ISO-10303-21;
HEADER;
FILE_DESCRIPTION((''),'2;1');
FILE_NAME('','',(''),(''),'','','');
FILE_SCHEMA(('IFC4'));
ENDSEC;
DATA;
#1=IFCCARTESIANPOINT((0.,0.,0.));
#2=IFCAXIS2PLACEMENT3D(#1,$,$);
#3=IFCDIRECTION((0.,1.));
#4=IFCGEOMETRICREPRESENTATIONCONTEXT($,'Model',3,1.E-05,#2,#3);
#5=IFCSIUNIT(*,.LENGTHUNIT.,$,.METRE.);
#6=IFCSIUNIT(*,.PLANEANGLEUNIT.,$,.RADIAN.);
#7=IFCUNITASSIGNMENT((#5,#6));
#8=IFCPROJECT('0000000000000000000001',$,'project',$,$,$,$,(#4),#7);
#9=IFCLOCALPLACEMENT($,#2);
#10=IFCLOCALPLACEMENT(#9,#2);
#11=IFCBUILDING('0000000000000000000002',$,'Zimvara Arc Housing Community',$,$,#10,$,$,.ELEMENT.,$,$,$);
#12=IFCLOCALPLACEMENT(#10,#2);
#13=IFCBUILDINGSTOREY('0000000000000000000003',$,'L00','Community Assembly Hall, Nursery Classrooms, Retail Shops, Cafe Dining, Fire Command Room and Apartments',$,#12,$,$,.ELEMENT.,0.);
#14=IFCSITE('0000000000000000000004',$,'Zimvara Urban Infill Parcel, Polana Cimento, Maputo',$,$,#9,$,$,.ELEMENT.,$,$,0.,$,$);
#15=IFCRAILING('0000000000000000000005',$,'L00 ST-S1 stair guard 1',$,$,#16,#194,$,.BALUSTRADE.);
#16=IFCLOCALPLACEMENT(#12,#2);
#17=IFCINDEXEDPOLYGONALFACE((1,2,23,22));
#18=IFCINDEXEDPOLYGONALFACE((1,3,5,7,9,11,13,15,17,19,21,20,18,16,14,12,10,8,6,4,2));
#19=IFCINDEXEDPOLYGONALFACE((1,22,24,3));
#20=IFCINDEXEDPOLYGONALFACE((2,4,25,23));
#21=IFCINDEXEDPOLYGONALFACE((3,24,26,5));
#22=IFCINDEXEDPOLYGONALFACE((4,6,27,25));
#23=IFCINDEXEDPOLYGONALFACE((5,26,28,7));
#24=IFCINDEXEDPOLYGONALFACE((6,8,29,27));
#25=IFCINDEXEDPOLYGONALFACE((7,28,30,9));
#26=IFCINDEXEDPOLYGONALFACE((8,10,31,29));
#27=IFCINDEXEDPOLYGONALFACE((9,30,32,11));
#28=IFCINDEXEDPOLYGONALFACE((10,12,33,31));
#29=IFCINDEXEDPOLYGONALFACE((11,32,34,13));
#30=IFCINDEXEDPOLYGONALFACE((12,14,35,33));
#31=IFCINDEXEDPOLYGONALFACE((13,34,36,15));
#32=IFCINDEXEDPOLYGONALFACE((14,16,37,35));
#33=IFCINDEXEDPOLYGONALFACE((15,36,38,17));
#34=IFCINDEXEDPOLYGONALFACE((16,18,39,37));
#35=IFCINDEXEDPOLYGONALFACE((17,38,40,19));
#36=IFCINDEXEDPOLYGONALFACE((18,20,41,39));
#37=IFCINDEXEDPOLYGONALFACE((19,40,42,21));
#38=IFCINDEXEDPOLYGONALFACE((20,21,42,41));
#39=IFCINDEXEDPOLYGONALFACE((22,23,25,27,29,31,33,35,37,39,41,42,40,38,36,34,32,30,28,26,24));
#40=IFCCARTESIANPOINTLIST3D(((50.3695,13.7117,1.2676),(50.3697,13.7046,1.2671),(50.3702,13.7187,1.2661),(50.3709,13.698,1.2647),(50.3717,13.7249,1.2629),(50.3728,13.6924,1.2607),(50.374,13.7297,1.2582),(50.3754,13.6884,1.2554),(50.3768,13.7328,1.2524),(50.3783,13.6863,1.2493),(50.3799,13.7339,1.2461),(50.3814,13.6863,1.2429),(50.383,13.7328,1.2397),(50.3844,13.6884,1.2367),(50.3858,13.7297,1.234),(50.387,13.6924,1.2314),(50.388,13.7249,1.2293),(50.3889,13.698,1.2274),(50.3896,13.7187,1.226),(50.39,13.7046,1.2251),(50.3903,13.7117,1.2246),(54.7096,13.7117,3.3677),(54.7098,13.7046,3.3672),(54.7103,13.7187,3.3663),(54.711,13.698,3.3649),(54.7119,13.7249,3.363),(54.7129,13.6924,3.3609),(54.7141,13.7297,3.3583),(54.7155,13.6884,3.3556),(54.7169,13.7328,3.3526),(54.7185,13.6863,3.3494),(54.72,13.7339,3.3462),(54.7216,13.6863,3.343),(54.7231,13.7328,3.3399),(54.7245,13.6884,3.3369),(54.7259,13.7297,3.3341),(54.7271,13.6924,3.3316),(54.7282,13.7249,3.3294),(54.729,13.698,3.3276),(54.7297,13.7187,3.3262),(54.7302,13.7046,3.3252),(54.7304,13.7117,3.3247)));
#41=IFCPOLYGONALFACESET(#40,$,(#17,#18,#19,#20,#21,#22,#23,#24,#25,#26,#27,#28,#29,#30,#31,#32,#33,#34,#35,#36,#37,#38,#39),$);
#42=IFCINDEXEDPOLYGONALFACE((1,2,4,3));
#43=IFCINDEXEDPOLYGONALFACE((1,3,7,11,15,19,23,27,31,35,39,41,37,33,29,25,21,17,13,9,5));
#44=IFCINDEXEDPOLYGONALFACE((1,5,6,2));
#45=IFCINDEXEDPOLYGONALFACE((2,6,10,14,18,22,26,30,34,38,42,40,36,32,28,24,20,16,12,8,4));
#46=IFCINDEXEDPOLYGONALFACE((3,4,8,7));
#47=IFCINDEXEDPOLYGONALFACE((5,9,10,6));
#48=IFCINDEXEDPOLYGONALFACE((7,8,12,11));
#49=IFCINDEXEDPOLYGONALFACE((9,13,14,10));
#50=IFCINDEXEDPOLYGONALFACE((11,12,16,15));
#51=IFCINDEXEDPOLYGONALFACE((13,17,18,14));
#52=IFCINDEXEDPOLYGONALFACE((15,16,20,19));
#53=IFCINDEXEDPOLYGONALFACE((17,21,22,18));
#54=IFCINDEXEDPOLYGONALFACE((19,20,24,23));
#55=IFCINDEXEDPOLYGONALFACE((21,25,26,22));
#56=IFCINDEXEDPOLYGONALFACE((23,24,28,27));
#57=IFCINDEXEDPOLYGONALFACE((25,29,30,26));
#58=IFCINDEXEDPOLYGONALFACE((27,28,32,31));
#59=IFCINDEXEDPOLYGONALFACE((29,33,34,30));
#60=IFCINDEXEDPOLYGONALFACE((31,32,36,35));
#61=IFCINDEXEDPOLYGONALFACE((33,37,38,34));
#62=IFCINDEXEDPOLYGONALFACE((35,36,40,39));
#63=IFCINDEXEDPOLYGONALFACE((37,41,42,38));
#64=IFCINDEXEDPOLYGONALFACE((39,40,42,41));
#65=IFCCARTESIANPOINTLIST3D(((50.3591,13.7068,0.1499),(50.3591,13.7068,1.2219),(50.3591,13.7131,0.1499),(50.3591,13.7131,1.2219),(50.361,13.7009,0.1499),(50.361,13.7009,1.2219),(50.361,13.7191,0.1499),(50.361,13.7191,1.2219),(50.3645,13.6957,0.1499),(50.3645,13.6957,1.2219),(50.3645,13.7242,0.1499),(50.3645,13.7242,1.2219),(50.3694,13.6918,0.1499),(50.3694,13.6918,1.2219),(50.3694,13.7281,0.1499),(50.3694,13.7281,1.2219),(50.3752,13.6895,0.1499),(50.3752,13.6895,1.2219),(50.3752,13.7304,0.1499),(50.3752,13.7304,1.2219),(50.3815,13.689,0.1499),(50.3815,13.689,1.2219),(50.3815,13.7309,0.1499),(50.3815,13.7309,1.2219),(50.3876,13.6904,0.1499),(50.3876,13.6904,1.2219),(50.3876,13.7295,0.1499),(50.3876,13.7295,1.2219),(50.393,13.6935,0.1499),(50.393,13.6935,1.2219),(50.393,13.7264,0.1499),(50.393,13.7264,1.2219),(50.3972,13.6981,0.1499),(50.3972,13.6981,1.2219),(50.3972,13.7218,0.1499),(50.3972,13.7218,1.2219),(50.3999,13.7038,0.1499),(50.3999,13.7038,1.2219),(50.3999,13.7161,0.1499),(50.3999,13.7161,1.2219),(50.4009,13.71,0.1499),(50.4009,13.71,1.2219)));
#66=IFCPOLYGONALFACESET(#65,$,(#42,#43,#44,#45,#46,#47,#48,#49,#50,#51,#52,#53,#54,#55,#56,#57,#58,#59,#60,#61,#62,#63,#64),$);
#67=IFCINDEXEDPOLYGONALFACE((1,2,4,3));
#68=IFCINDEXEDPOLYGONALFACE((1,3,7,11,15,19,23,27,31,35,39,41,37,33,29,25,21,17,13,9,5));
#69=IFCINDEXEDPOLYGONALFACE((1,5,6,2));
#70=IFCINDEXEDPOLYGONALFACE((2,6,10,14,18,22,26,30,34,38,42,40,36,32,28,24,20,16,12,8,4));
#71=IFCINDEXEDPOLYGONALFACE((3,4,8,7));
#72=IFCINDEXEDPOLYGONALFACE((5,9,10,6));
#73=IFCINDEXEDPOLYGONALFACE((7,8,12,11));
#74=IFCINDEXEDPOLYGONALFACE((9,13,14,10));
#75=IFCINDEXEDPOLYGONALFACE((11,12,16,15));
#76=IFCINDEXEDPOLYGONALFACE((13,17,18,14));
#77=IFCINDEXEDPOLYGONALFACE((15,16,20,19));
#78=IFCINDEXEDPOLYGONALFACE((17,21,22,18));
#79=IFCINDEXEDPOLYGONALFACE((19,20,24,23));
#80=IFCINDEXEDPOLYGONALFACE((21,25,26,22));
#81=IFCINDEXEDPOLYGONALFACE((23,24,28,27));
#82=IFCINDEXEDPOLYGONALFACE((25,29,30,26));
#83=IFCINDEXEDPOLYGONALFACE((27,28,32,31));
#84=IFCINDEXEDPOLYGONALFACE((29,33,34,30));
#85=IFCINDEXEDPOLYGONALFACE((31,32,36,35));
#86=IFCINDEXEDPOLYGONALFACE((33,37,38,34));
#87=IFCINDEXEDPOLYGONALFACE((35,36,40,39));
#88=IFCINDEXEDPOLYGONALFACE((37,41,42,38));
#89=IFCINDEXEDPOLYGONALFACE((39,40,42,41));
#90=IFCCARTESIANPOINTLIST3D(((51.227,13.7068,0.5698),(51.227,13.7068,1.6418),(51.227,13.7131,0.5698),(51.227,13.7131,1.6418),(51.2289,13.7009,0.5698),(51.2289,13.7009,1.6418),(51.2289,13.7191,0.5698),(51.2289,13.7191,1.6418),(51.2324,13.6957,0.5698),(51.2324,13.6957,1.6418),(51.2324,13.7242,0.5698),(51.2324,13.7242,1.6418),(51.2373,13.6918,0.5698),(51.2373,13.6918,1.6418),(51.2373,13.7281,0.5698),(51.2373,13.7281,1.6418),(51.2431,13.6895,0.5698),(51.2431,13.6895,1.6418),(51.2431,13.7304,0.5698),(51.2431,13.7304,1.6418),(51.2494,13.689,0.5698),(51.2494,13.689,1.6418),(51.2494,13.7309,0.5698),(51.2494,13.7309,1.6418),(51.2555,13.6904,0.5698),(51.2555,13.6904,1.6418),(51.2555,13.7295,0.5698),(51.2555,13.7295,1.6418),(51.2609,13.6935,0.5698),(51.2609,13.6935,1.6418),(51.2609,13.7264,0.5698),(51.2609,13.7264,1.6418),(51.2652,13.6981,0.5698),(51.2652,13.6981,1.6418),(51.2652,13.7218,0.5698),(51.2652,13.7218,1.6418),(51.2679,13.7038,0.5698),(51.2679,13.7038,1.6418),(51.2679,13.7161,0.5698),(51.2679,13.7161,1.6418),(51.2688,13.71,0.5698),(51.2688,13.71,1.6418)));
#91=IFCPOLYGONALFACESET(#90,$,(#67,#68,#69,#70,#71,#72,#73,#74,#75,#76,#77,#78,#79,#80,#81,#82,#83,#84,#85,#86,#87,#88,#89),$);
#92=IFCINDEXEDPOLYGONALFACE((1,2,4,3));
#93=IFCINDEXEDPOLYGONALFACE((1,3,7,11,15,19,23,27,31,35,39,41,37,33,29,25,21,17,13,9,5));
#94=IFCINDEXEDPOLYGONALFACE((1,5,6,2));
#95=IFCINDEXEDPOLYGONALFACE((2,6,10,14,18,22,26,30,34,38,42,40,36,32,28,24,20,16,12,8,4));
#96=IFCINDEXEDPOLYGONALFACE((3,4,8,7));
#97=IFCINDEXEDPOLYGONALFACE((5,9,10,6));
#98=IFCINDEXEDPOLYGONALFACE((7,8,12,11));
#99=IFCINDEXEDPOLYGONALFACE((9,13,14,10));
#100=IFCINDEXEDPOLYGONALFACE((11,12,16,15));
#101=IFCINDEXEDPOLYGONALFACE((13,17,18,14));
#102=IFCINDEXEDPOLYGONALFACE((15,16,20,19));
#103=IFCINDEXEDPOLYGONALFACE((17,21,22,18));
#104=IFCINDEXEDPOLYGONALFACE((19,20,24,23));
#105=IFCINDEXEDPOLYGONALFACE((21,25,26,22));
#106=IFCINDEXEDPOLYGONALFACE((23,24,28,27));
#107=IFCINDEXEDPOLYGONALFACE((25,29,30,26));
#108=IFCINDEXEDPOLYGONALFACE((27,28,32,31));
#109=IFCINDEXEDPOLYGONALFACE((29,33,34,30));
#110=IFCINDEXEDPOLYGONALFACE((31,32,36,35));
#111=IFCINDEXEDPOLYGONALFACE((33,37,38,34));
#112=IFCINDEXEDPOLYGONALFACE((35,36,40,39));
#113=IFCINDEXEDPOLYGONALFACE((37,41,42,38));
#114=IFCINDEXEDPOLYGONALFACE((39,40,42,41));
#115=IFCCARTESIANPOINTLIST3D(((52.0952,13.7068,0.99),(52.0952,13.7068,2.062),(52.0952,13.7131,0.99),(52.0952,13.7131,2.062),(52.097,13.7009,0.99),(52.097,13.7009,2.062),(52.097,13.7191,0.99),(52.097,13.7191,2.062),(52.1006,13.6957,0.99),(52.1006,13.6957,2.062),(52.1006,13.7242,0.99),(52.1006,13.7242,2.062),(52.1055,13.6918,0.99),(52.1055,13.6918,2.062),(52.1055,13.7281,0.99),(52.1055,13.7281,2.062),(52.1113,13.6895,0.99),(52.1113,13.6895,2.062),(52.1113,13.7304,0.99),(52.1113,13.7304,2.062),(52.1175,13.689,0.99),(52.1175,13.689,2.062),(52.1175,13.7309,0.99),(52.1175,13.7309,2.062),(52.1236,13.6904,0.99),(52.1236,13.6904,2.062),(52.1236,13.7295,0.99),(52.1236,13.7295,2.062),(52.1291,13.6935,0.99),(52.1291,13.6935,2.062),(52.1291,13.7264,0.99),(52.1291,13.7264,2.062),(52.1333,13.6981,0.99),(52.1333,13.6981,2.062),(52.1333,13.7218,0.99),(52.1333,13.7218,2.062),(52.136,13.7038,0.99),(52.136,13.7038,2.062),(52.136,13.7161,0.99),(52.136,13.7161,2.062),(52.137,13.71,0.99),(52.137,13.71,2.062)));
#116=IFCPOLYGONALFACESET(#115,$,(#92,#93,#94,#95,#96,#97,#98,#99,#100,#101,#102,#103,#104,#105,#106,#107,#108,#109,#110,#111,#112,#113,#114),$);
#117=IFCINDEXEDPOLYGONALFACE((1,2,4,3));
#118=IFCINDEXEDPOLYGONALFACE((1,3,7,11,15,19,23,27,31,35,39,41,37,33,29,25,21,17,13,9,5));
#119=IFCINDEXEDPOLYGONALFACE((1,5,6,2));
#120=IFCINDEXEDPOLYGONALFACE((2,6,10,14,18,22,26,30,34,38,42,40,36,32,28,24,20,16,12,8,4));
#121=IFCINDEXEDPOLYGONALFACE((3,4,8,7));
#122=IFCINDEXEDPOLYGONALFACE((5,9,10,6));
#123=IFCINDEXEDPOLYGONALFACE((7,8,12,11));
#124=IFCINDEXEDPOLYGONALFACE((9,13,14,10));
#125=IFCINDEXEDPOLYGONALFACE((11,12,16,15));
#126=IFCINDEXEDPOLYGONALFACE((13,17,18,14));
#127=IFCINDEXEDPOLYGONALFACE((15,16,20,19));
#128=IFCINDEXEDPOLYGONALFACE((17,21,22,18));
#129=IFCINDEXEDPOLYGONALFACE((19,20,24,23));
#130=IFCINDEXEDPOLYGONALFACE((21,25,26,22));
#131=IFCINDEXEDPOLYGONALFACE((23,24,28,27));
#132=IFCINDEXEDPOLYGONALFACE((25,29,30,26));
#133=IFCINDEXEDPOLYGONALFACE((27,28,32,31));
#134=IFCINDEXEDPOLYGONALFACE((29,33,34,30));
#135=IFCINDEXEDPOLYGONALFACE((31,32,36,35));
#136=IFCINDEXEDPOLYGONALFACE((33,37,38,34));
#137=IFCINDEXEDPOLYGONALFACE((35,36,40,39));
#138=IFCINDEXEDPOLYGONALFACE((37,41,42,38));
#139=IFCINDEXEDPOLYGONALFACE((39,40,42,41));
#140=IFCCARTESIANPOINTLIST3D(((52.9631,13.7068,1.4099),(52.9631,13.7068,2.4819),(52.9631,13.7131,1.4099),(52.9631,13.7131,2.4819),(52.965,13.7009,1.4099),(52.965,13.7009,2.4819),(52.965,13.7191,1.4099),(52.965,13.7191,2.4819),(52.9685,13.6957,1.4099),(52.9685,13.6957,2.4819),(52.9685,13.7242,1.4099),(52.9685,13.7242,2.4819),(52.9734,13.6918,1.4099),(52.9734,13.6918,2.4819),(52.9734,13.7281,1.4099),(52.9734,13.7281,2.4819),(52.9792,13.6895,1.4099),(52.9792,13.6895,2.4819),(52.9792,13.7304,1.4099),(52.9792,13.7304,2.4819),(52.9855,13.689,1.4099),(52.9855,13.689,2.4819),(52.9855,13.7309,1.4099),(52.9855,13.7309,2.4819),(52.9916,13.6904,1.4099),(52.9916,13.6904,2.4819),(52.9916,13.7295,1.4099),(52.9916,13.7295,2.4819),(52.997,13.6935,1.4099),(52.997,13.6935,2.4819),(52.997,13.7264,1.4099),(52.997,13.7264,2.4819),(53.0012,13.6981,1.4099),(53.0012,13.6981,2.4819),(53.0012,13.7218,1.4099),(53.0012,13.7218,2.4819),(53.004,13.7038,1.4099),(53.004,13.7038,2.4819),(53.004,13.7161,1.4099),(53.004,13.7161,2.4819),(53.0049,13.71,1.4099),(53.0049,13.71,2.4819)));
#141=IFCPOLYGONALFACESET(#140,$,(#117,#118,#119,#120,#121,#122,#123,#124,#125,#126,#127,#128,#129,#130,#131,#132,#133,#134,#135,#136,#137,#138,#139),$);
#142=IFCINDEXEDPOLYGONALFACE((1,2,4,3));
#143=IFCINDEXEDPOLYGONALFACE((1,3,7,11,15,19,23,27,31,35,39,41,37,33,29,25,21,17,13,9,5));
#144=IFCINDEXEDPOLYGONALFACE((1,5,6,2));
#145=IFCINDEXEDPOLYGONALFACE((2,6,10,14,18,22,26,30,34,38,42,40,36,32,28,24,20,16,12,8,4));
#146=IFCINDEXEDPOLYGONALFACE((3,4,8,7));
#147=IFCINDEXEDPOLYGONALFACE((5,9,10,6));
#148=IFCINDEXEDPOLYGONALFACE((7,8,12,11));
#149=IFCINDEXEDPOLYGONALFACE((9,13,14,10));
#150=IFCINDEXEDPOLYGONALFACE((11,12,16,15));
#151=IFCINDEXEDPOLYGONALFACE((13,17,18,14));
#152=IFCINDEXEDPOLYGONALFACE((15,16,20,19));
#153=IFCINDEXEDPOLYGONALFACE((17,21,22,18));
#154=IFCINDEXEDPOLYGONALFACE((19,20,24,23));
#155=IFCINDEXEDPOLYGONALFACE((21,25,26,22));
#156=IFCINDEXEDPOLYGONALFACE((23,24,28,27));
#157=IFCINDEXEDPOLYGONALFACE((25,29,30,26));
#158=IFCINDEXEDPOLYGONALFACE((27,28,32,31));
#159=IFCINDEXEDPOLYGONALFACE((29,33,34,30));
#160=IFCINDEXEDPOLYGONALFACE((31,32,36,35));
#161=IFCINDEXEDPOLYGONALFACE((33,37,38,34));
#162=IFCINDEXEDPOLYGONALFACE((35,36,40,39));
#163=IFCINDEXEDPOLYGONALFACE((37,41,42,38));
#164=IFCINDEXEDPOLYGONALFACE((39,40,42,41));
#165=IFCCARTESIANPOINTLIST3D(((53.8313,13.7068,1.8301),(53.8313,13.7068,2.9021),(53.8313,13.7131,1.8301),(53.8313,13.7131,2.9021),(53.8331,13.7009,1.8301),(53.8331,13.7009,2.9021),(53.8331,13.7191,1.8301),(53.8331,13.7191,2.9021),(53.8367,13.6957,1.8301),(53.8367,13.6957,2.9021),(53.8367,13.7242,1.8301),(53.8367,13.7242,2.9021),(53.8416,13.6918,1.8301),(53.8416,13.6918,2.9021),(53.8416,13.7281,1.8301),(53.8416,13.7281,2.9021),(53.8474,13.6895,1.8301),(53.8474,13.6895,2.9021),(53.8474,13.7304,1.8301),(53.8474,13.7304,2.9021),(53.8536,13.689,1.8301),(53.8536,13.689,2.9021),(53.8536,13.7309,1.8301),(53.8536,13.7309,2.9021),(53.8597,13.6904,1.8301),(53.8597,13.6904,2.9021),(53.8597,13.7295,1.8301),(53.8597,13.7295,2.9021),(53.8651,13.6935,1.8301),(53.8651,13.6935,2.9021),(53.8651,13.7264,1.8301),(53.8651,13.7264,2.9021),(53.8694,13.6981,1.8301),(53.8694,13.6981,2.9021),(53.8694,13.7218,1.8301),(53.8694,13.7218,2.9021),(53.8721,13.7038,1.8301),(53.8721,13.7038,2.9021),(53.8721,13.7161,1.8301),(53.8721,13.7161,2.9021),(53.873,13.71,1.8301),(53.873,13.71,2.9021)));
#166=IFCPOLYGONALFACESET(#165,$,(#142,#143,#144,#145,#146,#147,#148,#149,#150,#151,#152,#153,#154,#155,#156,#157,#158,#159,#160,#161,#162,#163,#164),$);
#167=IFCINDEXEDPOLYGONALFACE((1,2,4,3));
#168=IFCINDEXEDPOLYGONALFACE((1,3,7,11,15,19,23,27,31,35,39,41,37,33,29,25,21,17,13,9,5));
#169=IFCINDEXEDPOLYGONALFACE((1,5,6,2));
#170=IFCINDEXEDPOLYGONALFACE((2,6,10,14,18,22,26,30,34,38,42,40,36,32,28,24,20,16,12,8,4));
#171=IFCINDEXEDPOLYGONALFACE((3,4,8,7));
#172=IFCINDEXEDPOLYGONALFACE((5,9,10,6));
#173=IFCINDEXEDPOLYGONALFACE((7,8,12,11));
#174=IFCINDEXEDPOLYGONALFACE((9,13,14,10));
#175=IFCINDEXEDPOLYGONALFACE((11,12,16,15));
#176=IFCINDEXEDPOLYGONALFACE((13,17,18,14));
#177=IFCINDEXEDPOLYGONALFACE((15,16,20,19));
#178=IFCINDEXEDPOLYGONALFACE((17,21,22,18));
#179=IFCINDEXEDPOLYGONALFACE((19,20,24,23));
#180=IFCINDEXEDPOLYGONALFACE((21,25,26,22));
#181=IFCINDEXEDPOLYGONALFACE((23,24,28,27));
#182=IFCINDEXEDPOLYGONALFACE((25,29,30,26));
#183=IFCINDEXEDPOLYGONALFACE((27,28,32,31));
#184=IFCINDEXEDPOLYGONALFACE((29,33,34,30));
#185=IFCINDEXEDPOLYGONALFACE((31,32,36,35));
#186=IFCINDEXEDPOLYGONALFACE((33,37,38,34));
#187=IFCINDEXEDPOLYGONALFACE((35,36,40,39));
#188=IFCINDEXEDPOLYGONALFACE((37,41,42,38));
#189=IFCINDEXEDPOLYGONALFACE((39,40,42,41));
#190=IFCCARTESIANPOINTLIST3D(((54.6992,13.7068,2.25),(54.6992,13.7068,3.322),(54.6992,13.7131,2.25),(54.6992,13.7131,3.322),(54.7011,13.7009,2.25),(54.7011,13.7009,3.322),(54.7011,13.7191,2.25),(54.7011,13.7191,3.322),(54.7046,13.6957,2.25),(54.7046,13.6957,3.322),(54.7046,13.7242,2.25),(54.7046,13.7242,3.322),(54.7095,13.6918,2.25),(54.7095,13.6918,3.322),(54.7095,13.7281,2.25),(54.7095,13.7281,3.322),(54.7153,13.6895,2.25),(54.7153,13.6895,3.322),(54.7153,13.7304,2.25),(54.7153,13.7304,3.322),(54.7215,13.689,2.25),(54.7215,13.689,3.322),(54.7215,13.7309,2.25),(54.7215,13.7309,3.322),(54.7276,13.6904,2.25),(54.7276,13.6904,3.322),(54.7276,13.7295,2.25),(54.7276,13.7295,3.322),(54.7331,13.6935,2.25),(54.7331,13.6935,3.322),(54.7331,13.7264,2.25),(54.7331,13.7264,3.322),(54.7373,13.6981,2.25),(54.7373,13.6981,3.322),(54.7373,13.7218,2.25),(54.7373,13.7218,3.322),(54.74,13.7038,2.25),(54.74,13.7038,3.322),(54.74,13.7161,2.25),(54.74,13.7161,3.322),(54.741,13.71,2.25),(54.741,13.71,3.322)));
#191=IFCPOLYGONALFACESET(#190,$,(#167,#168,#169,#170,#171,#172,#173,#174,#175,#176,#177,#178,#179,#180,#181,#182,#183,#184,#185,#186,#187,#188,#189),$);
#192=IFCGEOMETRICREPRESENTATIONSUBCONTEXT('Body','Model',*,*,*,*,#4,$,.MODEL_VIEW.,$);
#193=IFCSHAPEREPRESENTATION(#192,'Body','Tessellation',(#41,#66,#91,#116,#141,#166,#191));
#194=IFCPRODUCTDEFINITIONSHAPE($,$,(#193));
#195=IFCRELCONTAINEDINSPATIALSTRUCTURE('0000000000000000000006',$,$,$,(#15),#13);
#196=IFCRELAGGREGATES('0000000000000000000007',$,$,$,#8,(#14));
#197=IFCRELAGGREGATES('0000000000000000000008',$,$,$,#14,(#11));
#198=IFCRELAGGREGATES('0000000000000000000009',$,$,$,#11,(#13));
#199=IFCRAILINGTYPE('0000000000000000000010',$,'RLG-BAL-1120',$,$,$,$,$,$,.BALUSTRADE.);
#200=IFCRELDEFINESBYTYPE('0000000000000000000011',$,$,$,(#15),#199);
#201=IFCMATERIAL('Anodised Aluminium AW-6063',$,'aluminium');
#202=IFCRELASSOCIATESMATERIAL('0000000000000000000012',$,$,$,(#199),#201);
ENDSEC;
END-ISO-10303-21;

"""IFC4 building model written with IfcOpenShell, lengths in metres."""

from ifc_helpers import new_model, si_unit, direction, frame, origin, origin_2d, place, context, subcontext, project, spatial, circle, extrude, material, type_object, element, save


model = new_model("IFC4")

# Units and contexts
model_context = context("Model", 3, precision=1e-05, world=origin(), true_north=direction((0.0, 1.0)))
body_context = subcontext(model_context, "Body", "Model", "MODEL_VIEW")
ifc_project = project(units=[si_unit("LENGTHUNIT", "METRE"), si_unit("PLANEANGLEUNIT", "RADIAN")], contexts=[model_context])

# Site, building, storey
site_placement = place(None, origin())
site = spatial("IfcSite", under=ifc_project, at=site_placement, Name="Zimvara Urban Infill Parcel, Polana Cimento, Maputo", CompositionType="ELEMENT", RefElevation=0.0)
building_placement = place(site_placement, origin())
building = spatial("IfcBuilding", under=site, at=building_placement, Name="Zimvara Arc Housing Community", CompositionType="ELEMENT")
storey_placement = place(building_placement, origin())
storey = spatial("IfcBuildingStorey", under=building, at=storey_placement, Name="L00", Description="Community Assembly Hall, Nursery Classrooms, Retail Shops, Cafe Dining, Fire Command Room and Apartments", CompositionType="ELEMENT", Elevation=0.0)

# Railing
ifc_material_1 = material(Name="Anodised Aluminium AW-6063", Category="aluminium")
railing_type_1 = type_object("IfcRailingType", Name="RLG-BAL-1120", PredefinedType="BALUSTRADE", material=ifc_material_1)
railing_1_placement = place(storey_placement, frame((50.3799, 13.71, 0.1499)))
element("IfcRailing", 1, at=railing_1_placement, inside=storey, type_object=railing_type_1, Name="L00 ST-S1 stair guard 1", PredefinedType="BALUSTRADE", context=body_context, shape_type="SweptSolid", body=[
    extrude(circle(Radius=0.0239, at=origin_2d()), frame((0.0, 0.0, 1.0962), z_axis=(0.900155, 0.0, 0.43557), x_axis=(0.0, 1.0, 0.0)), (0.0, 0.0, 1.0), 4.8215),
    extrude(circle(Radius=0.021, at=origin_2d()), origin(), (0.0, 0.0, 1.0), 1.072),
    extrude(circle(Radius=0.021, at=origin_2d()), frame((0.8679, 0.0, 0.4199)), (0.0, 0.0, 1.0), 1.072),
    extrude(circle(Radius=0.021, at=origin_2d()), frame((1.7361, 0.0, 0.8401)), (0.0, 0.0, 1.0), 1.072),
    extrude(circle(Radius=0.021, at=origin_2d()), frame((2.604, 0.0, 1.26)), (0.0, 0.0, 1.0), 1.072),
    extrude(circle(Radius=0.021, at=origin_2d()), frame((3.4722, 0.0, 1.6802)), (0.0, 0.0, 1.0), 1.072),
    extrude(circle(Radius=0.021, at=origin_2d()), frame((4.3401, 0.0, 2.1001)), (0.0, 0.0, 1.0), 1.072),
])

save(model, "model.ifc")
